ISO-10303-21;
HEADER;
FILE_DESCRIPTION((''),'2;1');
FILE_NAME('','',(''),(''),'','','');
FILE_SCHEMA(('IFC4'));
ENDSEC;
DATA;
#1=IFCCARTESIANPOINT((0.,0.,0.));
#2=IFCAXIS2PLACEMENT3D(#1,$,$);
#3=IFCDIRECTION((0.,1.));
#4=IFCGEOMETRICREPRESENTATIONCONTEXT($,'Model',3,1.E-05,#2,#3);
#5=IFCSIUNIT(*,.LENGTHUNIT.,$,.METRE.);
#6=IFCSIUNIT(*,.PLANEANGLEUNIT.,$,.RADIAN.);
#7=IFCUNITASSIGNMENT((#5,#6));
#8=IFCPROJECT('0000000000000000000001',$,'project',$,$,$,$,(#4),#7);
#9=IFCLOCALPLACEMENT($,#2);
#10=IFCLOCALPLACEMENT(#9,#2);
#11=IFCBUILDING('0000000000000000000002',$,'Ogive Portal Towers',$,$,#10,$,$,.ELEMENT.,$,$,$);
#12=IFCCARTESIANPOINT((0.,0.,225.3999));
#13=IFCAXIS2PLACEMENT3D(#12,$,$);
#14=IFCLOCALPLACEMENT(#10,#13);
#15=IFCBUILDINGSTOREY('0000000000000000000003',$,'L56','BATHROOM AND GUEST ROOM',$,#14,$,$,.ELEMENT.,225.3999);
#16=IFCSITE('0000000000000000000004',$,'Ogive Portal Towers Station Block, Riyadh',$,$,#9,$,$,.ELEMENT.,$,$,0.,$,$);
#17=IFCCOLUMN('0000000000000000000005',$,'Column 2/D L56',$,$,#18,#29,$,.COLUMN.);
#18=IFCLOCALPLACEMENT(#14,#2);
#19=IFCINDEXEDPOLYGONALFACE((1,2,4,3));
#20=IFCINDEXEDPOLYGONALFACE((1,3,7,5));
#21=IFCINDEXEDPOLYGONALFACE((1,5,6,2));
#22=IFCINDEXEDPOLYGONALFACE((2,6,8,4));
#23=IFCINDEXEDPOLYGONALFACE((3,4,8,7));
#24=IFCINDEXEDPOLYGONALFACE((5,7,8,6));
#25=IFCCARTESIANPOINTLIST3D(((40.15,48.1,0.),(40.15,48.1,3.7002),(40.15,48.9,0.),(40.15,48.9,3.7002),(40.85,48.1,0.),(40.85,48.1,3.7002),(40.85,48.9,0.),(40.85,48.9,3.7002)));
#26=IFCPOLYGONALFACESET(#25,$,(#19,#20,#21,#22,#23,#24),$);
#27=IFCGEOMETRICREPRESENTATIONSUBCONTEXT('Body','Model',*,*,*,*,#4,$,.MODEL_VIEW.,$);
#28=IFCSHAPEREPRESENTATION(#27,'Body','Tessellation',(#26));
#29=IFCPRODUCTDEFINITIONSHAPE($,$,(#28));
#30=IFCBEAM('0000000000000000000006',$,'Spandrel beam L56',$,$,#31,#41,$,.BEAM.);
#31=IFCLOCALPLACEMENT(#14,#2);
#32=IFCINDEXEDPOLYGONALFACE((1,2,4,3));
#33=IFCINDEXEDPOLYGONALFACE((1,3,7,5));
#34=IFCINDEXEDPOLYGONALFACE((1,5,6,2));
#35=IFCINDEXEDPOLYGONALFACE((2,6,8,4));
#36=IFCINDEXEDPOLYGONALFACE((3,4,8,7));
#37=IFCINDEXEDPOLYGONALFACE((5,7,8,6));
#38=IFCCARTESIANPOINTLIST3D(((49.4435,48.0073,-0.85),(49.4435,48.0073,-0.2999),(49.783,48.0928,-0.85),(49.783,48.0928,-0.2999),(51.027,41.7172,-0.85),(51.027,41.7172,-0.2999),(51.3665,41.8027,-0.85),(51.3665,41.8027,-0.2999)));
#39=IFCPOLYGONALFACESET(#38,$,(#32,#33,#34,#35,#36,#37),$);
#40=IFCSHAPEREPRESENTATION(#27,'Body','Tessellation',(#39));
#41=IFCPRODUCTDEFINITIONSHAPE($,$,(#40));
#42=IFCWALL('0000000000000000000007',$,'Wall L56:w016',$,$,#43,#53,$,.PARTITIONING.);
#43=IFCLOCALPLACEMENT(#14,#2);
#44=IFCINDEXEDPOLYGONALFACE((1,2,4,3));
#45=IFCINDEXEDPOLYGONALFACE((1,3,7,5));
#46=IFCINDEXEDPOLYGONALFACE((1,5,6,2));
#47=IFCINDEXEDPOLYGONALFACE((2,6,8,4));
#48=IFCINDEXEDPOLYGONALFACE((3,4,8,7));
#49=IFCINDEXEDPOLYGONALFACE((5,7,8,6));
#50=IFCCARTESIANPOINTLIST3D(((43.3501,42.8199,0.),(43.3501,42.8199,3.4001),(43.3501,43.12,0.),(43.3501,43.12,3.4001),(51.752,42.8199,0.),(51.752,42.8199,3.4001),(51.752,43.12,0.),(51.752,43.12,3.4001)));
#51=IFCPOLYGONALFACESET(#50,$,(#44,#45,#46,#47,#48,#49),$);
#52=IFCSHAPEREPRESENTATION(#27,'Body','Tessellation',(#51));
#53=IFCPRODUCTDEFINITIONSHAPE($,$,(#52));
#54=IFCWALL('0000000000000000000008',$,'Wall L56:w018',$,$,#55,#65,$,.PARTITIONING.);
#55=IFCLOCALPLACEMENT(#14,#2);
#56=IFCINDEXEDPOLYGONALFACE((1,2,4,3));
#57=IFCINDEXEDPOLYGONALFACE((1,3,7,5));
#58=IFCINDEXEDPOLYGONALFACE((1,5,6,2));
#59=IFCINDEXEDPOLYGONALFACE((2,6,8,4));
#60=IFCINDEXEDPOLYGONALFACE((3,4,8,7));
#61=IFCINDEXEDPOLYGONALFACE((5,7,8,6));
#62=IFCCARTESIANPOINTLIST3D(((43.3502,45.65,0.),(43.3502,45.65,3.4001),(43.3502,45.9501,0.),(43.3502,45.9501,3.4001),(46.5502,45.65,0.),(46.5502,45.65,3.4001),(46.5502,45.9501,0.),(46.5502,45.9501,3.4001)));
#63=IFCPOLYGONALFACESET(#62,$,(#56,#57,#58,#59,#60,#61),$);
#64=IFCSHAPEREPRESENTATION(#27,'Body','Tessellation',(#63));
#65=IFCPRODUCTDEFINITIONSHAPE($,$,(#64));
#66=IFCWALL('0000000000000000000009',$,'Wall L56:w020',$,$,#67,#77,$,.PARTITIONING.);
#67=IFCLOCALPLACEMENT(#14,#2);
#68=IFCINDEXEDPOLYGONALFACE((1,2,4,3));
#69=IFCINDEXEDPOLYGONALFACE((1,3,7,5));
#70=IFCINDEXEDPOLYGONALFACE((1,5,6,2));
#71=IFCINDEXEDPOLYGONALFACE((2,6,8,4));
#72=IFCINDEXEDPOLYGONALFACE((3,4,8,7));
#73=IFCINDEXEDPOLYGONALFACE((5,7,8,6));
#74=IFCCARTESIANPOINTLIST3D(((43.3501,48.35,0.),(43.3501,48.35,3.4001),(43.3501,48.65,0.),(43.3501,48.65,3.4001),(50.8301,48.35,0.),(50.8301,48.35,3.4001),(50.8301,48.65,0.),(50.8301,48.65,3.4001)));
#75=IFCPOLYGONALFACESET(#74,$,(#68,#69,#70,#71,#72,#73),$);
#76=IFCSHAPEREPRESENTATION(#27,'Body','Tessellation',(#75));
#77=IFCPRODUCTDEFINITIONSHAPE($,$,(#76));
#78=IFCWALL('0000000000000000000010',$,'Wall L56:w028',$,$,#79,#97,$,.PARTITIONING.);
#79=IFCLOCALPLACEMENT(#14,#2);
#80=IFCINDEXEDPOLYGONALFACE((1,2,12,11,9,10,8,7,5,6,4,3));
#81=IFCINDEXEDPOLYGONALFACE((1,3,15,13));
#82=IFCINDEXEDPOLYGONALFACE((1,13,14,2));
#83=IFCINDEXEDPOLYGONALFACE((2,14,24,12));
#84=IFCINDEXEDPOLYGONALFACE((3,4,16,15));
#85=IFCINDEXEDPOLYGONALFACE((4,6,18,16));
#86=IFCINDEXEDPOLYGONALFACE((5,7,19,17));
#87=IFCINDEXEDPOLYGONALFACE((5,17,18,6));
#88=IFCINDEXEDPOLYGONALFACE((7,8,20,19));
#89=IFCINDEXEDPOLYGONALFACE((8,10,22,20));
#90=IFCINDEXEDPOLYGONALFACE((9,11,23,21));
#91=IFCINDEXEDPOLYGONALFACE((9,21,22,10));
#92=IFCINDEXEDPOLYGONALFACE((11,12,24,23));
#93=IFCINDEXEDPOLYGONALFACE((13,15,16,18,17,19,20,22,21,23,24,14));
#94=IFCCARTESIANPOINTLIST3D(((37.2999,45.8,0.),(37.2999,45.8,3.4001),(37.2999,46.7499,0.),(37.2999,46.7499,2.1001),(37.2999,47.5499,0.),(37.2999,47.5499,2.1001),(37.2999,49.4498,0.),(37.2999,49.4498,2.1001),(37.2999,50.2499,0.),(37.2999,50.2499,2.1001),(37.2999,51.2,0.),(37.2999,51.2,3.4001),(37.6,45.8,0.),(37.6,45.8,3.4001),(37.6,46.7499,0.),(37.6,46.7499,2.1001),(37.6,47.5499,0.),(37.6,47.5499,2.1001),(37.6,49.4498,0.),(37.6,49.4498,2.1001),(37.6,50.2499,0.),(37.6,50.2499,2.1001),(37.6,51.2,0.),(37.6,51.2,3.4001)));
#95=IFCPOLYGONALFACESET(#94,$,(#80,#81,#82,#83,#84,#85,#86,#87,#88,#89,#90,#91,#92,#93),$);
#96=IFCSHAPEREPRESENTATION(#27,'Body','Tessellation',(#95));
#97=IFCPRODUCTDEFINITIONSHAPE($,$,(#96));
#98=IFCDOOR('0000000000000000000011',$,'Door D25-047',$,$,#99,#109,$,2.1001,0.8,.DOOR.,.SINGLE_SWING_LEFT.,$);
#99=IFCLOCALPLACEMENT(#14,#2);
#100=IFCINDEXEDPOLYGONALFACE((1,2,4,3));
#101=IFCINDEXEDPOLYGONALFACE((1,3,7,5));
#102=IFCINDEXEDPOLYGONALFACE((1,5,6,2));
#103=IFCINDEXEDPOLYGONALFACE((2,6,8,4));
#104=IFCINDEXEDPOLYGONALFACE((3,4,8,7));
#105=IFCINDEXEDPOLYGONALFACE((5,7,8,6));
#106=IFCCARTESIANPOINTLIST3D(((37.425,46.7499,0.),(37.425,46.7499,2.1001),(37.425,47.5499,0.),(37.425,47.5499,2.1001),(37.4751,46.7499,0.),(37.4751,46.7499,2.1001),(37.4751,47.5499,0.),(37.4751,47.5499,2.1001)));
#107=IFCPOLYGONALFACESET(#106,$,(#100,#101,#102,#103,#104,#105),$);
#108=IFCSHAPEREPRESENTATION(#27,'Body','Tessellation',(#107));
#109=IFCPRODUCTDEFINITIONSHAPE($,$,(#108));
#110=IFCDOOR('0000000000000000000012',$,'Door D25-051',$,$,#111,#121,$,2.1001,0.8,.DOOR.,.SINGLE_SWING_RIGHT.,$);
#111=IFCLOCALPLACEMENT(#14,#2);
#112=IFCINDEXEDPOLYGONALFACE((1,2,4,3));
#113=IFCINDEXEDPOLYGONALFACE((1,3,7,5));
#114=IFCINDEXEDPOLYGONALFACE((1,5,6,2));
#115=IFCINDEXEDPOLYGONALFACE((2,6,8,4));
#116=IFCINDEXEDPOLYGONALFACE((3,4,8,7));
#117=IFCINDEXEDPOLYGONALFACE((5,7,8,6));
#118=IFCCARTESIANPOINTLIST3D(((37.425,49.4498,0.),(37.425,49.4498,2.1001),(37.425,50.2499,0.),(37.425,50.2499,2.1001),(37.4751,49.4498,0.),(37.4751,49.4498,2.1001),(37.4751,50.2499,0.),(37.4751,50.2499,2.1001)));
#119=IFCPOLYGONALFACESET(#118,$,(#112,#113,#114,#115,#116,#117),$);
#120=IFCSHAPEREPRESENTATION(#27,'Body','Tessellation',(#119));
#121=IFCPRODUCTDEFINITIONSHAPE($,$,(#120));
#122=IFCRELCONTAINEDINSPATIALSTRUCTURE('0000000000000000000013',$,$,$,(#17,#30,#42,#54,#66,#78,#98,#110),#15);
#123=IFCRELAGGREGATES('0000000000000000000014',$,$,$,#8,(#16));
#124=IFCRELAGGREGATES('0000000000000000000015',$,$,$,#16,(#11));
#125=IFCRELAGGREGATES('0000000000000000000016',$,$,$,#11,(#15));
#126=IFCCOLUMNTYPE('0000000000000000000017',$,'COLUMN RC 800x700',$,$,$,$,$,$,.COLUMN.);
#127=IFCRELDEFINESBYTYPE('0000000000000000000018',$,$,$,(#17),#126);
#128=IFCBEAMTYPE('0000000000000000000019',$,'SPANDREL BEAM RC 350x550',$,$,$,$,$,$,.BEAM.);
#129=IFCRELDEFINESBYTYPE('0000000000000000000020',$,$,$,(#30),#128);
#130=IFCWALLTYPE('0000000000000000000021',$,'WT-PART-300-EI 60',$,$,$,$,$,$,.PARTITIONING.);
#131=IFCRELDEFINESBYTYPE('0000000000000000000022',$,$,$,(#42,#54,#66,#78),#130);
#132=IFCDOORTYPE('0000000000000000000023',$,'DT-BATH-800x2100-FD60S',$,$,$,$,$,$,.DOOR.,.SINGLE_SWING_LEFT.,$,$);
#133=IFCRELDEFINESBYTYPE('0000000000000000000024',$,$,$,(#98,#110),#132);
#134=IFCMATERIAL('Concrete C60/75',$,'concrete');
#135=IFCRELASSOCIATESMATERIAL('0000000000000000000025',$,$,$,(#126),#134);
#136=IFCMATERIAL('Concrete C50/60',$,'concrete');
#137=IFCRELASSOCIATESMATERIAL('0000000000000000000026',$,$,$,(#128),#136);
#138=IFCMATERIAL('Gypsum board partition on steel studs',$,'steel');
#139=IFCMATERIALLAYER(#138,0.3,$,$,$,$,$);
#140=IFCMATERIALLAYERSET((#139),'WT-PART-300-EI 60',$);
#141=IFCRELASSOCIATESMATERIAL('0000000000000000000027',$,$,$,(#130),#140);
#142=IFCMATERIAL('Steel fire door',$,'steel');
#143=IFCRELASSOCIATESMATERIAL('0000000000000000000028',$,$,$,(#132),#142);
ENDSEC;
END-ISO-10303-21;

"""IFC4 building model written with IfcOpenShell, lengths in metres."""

from ifc_helpers import new_model, si_unit, direction, frame, frame_2d, origin, origin_2d, place, context, subcontext, project, spatial, rectangle, extrude, material, layer, layer_set, material_profile, profile_set, type_object, element, fill, save


model = new_model("IFC4")

# Units and contexts
model_context = context("Model", 3, precision=1e-05, world=origin(), true_north=direction((0.0, 1.0)))
body_context = subcontext(model_context, "Body", "Model", "MODEL_VIEW")
ifc_project = project(units=[si_unit("LENGTHUNIT", "METRE"), si_unit("PLANEANGLEUNIT", "RADIAN")], contexts=[model_context])

# Site, building, storey
site_placement = place(None, origin())
site = spatial("IfcSite", under=ifc_project, at=site_placement, Name="Ogive Portal Towers Station Block, Riyadh", CompositionType="ELEMENT", RefElevation=0.0)
building_placement = place(site_placement, origin())
building = spatial("IfcBuilding", under=site, at=building_placement, Name="Ogive Portal Towers", CompositionType="ELEMENT")
storey_placement = place(building_placement, frame((0.0, 0.0, 225.3999)))
storey = spatial("IfcBuildingStorey", under=building, at=storey_placement, Name="L56", Description="BATHROOM AND GUEST ROOM", CompositionType="ELEMENT", Elevation=225.3999)

# Column
ifc_material_1 = material(Name="Concrete C60/75", Category="concrete")
ifc_material_profile_1 = material_profile(ifc_material_1, rectangle(XDim=0.8, YDim=0.7, at=origin_2d()), Name="RC 800x700")
ifc_profile_set_1 = profile_set([ifc_material_profile_1], Name="Concrete C60/75")
column_type = type_object("IfcColumnType", Name="COLUMN RC 800x700", PredefinedType="COLUMN", material=ifc_profile_set_1)
column_placement = place(storey_placement, frame((40.5, 48.5, 0.0), z_axis=(0.0, 0.0, 1.0), x_axis=(0.0, 1.0, 0.0)))
element("IfcColumn", 1, at=column_placement, inside=storey, type_object=column_type, Name="Column 2/D L56", PredefinedType="COLUMN", context=body_context, shape_type="SweptSolid", body=[
    extrude(rectangle(XDim=0.8, YDim=0.7, at=origin_2d()), origin(), (0.0, 0.0, 1.0), 3.7002),
])

# Beam
ifc_material_2 = material(Name="Concrete C50/60", Category="concrete")
ifc_material_profile_2 = material_profile(ifc_material_2, rectangle(XDim=0.3501, YDim=0.55, at=origin_2d()), Name="RC 350x550")
ifc_profile_set_2 = profile_set([ifc_material_profile_2], Name="Concrete C50/60")
beam_type = type_object("IfcBeamType", Name="SPANDREL BEAM RC 350x550", PredefinedType="BEAM", material=ifc_profile_set_2)
beam_placement = place(storey_placement, frame((49.6133, 48.05, -0.575), z_axis=(0.244129, -0.969743, 0.0), x_axis=(0.969743, 0.244129, 0.0)))
element("IfcBeam", 2, at=beam_placement, inside=storey, type_object=beam_type, Name="Spandrel beam L56", PredefinedType="BEAM", context=body_context, shape_type="SweptSolid", body=[
    extrude(rectangle(XDim=0.3501, YDim=0.55, at=origin_2d()), origin(), (0.0, 0.0, 1.0), 6.4863),
])

# Walls
ifc_material_3 = material(Name="Gypsum board partition on steel studs", Category="steel")
ifc_layer = layer(ifc_material_3, 0.3)
ifc_layer_set = layer_set([ifc_layer], Name="WT-PART-300-EI 60")
wall_type = type_object("IfcWallType", Name="WT-PART-300-EI 60", PredefinedType="PARTITIONING", material=ifc_layer_set)
wall_1_placement = place(storey_placement, frame((43.3501, 42.97, 0.0), z_axis=(0.0, 0.0, 1.0), x_axis=(1.0, 0.0, 0.0)))
element("IfcWall", 3, at=wall_1_placement, inside=storey, type_object=wall_type, Name="Wall L56:w016", PredefinedType="PARTITIONING", context=body_context, shape_type="SweptSolid", body=[
    extrude(rectangle(XDim=8.4019, YDim=0.3, at=frame_2d((4.2009, 0.0))), origin(), (0.0, 0.0, 1.0), 3.4001),
])
wall_2_placement = place(storey_placement, frame((43.3501, 45.8, 0.0), z_axis=(0.0, 0.0, 1.0), x_axis=(1.0, 0.0, 0.0)))
element("IfcWall", 4, at=wall_2_placement, inside=storey, type_object=wall_type, Name="Wall L56:w018", PredefinedType="PARTITIONING", context=body_context, shape_type="SweptSolid", body=[
    extrude(rectangle(XDim=3.2, YDim=0.3, at=frame_2d((1.6001, 0.0))), origin(), (0.0, 0.0, 1.0), 3.4001),
])
wall_3_placement = place(storey_placement, frame((43.3501, 48.5, 0.0), z_axis=(0.0, 0.0, 1.0), x_axis=(1.0, 0.0, 0.0)))
element("IfcWall", 5, at=wall_3_placement, inside=storey, type_object=wall_type, Name="Wall L56:w020", PredefinedType="PARTITIONING", context=body_context, shape_type="SweptSolid", body=[
    extrude(rectangle(XDim=7.48, YDim=0.3, at=frame_2d((3.74, 0.0))), origin(), (0.0, 0.0, 1.0), 3.4001),
])

# Wall, openings, doors
wall_4_placement = place(storey_placement, frame((37.45, 45.8, 0.0), z_axis=(0.0, 0.0, 1.0), x_axis=(0.0, 1.0, 0.0)))
wall_4 = element("IfcWall", 6, at=wall_4_placement, inside=storey, type_object=wall_type, Name="Wall L56:w028", PredefinedType="PARTITIONING", context=body_context, shape_type="SweptSolid", body=[
    extrude(rectangle(XDim=5.3999, YDim=0.3, at=frame_2d((2.7, 0.0))), origin(), (0.0, 0.0, 1.0), 3.4001),
])
opening_1_placement = place(wall_4_placement, frame((0.95, 0.0, 0.0)))
opening_1 = element("IfcOpeningElement", 7, at=opening_1_placement, cuts=wall_4, PredefinedType="OPENING", context=body_context, shape_type="SweptSolid", body=[
    extrude(rectangle(XDim=0.8, YDim=2.1001, at=frame_2d((0.3999, 1.05))), frame((0.0, 0.1602, 0.0), z_axis=(0.0, -1.0, 0.0), x_axis=(1.0, 0.0, 0.0)), (0.0, 0.0, 1.0), 0.3201),
])
opening_2_placement = place(wall_4_placement, frame((3.6499, 0.0, 0.0)))
opening_2 = element("IfcOpeningElement", 8, at=opening_2_placement, cuts=wall_4, PredefinedType="OPENING", context=body_context, shape_type="SweptSolid", body=[
    extrude(rectangle(XDim=0.8, YDim=2.1001, at=frame_2d((0.3999, 1.05))), frame((0.0, 0.1602, 0.0), z_axis=(0.0, -1.0, 0.0), x_axis=(1.0, 0.0, 0.0)), (0.0, 0.0, 1.0), 0.3201),
])
ifc_material_4 = material(Name="Steel fire door", Category="steel")
door_type_1 = type_object("IfcDoorType", Name="DT-BATH-800x2100-FD60S", OperationType="SINGLE_SWING_LEFT", PredefinedType="DOOR", material=ifc_material_4)
door_1_placement = place(opening_1_placement, origin())
door_1 = element("IfcDoor", 9, at=door_1_placement, inside=storey, type_object=door_type_1, Name="Door D25-047", OperationType="SINGLE_SWING_LEFT", OverallHeight=2.1001, OverallWidth=0.8, PredefinedType="DOOR", context=body_context, shape_type="SweptSolid", body=[
    extrude(rectangle(XDim=0.8, YDim=2.1001, at=frame_2d((0.3999, 1.05))), frame((0.0, 0.0249, 0.0), z_axis=(0.0, -1.0, 0.0), x_axis=(1.0, 0.0, 0.0)), (0.0, 0.0, 1.0), 0.05),
])
fill(opening_1, door_1)
door_2_placement = place(opening_2_placement, origin())
door_2 = element("IfcDoor", 10, at=door_2_placement, inside=storey, type_object=door_type_1, Name="Door D25-051", OperationType="SINGLE_SWING_RIGHT", OverallHeight=2.1001, OverallWidth=0.8, PredefinedType="DOOR", context=body_context, shape_type="SweptSolid", body=[
    extrude(rectangle(XDim=0.8, YDim=2.1001, at=frame_2d((0.3999, 1.05))), frame((0.0, 0.0249, 0.0), z_axis=(0.0, -1.0, 0.0), x_axis=(1.0, 0.0, 0.0)), (0.0, 0.0, 1.0), 0.05),
])
fill(opening_2, door_2)

save(model, "model.ifc")
